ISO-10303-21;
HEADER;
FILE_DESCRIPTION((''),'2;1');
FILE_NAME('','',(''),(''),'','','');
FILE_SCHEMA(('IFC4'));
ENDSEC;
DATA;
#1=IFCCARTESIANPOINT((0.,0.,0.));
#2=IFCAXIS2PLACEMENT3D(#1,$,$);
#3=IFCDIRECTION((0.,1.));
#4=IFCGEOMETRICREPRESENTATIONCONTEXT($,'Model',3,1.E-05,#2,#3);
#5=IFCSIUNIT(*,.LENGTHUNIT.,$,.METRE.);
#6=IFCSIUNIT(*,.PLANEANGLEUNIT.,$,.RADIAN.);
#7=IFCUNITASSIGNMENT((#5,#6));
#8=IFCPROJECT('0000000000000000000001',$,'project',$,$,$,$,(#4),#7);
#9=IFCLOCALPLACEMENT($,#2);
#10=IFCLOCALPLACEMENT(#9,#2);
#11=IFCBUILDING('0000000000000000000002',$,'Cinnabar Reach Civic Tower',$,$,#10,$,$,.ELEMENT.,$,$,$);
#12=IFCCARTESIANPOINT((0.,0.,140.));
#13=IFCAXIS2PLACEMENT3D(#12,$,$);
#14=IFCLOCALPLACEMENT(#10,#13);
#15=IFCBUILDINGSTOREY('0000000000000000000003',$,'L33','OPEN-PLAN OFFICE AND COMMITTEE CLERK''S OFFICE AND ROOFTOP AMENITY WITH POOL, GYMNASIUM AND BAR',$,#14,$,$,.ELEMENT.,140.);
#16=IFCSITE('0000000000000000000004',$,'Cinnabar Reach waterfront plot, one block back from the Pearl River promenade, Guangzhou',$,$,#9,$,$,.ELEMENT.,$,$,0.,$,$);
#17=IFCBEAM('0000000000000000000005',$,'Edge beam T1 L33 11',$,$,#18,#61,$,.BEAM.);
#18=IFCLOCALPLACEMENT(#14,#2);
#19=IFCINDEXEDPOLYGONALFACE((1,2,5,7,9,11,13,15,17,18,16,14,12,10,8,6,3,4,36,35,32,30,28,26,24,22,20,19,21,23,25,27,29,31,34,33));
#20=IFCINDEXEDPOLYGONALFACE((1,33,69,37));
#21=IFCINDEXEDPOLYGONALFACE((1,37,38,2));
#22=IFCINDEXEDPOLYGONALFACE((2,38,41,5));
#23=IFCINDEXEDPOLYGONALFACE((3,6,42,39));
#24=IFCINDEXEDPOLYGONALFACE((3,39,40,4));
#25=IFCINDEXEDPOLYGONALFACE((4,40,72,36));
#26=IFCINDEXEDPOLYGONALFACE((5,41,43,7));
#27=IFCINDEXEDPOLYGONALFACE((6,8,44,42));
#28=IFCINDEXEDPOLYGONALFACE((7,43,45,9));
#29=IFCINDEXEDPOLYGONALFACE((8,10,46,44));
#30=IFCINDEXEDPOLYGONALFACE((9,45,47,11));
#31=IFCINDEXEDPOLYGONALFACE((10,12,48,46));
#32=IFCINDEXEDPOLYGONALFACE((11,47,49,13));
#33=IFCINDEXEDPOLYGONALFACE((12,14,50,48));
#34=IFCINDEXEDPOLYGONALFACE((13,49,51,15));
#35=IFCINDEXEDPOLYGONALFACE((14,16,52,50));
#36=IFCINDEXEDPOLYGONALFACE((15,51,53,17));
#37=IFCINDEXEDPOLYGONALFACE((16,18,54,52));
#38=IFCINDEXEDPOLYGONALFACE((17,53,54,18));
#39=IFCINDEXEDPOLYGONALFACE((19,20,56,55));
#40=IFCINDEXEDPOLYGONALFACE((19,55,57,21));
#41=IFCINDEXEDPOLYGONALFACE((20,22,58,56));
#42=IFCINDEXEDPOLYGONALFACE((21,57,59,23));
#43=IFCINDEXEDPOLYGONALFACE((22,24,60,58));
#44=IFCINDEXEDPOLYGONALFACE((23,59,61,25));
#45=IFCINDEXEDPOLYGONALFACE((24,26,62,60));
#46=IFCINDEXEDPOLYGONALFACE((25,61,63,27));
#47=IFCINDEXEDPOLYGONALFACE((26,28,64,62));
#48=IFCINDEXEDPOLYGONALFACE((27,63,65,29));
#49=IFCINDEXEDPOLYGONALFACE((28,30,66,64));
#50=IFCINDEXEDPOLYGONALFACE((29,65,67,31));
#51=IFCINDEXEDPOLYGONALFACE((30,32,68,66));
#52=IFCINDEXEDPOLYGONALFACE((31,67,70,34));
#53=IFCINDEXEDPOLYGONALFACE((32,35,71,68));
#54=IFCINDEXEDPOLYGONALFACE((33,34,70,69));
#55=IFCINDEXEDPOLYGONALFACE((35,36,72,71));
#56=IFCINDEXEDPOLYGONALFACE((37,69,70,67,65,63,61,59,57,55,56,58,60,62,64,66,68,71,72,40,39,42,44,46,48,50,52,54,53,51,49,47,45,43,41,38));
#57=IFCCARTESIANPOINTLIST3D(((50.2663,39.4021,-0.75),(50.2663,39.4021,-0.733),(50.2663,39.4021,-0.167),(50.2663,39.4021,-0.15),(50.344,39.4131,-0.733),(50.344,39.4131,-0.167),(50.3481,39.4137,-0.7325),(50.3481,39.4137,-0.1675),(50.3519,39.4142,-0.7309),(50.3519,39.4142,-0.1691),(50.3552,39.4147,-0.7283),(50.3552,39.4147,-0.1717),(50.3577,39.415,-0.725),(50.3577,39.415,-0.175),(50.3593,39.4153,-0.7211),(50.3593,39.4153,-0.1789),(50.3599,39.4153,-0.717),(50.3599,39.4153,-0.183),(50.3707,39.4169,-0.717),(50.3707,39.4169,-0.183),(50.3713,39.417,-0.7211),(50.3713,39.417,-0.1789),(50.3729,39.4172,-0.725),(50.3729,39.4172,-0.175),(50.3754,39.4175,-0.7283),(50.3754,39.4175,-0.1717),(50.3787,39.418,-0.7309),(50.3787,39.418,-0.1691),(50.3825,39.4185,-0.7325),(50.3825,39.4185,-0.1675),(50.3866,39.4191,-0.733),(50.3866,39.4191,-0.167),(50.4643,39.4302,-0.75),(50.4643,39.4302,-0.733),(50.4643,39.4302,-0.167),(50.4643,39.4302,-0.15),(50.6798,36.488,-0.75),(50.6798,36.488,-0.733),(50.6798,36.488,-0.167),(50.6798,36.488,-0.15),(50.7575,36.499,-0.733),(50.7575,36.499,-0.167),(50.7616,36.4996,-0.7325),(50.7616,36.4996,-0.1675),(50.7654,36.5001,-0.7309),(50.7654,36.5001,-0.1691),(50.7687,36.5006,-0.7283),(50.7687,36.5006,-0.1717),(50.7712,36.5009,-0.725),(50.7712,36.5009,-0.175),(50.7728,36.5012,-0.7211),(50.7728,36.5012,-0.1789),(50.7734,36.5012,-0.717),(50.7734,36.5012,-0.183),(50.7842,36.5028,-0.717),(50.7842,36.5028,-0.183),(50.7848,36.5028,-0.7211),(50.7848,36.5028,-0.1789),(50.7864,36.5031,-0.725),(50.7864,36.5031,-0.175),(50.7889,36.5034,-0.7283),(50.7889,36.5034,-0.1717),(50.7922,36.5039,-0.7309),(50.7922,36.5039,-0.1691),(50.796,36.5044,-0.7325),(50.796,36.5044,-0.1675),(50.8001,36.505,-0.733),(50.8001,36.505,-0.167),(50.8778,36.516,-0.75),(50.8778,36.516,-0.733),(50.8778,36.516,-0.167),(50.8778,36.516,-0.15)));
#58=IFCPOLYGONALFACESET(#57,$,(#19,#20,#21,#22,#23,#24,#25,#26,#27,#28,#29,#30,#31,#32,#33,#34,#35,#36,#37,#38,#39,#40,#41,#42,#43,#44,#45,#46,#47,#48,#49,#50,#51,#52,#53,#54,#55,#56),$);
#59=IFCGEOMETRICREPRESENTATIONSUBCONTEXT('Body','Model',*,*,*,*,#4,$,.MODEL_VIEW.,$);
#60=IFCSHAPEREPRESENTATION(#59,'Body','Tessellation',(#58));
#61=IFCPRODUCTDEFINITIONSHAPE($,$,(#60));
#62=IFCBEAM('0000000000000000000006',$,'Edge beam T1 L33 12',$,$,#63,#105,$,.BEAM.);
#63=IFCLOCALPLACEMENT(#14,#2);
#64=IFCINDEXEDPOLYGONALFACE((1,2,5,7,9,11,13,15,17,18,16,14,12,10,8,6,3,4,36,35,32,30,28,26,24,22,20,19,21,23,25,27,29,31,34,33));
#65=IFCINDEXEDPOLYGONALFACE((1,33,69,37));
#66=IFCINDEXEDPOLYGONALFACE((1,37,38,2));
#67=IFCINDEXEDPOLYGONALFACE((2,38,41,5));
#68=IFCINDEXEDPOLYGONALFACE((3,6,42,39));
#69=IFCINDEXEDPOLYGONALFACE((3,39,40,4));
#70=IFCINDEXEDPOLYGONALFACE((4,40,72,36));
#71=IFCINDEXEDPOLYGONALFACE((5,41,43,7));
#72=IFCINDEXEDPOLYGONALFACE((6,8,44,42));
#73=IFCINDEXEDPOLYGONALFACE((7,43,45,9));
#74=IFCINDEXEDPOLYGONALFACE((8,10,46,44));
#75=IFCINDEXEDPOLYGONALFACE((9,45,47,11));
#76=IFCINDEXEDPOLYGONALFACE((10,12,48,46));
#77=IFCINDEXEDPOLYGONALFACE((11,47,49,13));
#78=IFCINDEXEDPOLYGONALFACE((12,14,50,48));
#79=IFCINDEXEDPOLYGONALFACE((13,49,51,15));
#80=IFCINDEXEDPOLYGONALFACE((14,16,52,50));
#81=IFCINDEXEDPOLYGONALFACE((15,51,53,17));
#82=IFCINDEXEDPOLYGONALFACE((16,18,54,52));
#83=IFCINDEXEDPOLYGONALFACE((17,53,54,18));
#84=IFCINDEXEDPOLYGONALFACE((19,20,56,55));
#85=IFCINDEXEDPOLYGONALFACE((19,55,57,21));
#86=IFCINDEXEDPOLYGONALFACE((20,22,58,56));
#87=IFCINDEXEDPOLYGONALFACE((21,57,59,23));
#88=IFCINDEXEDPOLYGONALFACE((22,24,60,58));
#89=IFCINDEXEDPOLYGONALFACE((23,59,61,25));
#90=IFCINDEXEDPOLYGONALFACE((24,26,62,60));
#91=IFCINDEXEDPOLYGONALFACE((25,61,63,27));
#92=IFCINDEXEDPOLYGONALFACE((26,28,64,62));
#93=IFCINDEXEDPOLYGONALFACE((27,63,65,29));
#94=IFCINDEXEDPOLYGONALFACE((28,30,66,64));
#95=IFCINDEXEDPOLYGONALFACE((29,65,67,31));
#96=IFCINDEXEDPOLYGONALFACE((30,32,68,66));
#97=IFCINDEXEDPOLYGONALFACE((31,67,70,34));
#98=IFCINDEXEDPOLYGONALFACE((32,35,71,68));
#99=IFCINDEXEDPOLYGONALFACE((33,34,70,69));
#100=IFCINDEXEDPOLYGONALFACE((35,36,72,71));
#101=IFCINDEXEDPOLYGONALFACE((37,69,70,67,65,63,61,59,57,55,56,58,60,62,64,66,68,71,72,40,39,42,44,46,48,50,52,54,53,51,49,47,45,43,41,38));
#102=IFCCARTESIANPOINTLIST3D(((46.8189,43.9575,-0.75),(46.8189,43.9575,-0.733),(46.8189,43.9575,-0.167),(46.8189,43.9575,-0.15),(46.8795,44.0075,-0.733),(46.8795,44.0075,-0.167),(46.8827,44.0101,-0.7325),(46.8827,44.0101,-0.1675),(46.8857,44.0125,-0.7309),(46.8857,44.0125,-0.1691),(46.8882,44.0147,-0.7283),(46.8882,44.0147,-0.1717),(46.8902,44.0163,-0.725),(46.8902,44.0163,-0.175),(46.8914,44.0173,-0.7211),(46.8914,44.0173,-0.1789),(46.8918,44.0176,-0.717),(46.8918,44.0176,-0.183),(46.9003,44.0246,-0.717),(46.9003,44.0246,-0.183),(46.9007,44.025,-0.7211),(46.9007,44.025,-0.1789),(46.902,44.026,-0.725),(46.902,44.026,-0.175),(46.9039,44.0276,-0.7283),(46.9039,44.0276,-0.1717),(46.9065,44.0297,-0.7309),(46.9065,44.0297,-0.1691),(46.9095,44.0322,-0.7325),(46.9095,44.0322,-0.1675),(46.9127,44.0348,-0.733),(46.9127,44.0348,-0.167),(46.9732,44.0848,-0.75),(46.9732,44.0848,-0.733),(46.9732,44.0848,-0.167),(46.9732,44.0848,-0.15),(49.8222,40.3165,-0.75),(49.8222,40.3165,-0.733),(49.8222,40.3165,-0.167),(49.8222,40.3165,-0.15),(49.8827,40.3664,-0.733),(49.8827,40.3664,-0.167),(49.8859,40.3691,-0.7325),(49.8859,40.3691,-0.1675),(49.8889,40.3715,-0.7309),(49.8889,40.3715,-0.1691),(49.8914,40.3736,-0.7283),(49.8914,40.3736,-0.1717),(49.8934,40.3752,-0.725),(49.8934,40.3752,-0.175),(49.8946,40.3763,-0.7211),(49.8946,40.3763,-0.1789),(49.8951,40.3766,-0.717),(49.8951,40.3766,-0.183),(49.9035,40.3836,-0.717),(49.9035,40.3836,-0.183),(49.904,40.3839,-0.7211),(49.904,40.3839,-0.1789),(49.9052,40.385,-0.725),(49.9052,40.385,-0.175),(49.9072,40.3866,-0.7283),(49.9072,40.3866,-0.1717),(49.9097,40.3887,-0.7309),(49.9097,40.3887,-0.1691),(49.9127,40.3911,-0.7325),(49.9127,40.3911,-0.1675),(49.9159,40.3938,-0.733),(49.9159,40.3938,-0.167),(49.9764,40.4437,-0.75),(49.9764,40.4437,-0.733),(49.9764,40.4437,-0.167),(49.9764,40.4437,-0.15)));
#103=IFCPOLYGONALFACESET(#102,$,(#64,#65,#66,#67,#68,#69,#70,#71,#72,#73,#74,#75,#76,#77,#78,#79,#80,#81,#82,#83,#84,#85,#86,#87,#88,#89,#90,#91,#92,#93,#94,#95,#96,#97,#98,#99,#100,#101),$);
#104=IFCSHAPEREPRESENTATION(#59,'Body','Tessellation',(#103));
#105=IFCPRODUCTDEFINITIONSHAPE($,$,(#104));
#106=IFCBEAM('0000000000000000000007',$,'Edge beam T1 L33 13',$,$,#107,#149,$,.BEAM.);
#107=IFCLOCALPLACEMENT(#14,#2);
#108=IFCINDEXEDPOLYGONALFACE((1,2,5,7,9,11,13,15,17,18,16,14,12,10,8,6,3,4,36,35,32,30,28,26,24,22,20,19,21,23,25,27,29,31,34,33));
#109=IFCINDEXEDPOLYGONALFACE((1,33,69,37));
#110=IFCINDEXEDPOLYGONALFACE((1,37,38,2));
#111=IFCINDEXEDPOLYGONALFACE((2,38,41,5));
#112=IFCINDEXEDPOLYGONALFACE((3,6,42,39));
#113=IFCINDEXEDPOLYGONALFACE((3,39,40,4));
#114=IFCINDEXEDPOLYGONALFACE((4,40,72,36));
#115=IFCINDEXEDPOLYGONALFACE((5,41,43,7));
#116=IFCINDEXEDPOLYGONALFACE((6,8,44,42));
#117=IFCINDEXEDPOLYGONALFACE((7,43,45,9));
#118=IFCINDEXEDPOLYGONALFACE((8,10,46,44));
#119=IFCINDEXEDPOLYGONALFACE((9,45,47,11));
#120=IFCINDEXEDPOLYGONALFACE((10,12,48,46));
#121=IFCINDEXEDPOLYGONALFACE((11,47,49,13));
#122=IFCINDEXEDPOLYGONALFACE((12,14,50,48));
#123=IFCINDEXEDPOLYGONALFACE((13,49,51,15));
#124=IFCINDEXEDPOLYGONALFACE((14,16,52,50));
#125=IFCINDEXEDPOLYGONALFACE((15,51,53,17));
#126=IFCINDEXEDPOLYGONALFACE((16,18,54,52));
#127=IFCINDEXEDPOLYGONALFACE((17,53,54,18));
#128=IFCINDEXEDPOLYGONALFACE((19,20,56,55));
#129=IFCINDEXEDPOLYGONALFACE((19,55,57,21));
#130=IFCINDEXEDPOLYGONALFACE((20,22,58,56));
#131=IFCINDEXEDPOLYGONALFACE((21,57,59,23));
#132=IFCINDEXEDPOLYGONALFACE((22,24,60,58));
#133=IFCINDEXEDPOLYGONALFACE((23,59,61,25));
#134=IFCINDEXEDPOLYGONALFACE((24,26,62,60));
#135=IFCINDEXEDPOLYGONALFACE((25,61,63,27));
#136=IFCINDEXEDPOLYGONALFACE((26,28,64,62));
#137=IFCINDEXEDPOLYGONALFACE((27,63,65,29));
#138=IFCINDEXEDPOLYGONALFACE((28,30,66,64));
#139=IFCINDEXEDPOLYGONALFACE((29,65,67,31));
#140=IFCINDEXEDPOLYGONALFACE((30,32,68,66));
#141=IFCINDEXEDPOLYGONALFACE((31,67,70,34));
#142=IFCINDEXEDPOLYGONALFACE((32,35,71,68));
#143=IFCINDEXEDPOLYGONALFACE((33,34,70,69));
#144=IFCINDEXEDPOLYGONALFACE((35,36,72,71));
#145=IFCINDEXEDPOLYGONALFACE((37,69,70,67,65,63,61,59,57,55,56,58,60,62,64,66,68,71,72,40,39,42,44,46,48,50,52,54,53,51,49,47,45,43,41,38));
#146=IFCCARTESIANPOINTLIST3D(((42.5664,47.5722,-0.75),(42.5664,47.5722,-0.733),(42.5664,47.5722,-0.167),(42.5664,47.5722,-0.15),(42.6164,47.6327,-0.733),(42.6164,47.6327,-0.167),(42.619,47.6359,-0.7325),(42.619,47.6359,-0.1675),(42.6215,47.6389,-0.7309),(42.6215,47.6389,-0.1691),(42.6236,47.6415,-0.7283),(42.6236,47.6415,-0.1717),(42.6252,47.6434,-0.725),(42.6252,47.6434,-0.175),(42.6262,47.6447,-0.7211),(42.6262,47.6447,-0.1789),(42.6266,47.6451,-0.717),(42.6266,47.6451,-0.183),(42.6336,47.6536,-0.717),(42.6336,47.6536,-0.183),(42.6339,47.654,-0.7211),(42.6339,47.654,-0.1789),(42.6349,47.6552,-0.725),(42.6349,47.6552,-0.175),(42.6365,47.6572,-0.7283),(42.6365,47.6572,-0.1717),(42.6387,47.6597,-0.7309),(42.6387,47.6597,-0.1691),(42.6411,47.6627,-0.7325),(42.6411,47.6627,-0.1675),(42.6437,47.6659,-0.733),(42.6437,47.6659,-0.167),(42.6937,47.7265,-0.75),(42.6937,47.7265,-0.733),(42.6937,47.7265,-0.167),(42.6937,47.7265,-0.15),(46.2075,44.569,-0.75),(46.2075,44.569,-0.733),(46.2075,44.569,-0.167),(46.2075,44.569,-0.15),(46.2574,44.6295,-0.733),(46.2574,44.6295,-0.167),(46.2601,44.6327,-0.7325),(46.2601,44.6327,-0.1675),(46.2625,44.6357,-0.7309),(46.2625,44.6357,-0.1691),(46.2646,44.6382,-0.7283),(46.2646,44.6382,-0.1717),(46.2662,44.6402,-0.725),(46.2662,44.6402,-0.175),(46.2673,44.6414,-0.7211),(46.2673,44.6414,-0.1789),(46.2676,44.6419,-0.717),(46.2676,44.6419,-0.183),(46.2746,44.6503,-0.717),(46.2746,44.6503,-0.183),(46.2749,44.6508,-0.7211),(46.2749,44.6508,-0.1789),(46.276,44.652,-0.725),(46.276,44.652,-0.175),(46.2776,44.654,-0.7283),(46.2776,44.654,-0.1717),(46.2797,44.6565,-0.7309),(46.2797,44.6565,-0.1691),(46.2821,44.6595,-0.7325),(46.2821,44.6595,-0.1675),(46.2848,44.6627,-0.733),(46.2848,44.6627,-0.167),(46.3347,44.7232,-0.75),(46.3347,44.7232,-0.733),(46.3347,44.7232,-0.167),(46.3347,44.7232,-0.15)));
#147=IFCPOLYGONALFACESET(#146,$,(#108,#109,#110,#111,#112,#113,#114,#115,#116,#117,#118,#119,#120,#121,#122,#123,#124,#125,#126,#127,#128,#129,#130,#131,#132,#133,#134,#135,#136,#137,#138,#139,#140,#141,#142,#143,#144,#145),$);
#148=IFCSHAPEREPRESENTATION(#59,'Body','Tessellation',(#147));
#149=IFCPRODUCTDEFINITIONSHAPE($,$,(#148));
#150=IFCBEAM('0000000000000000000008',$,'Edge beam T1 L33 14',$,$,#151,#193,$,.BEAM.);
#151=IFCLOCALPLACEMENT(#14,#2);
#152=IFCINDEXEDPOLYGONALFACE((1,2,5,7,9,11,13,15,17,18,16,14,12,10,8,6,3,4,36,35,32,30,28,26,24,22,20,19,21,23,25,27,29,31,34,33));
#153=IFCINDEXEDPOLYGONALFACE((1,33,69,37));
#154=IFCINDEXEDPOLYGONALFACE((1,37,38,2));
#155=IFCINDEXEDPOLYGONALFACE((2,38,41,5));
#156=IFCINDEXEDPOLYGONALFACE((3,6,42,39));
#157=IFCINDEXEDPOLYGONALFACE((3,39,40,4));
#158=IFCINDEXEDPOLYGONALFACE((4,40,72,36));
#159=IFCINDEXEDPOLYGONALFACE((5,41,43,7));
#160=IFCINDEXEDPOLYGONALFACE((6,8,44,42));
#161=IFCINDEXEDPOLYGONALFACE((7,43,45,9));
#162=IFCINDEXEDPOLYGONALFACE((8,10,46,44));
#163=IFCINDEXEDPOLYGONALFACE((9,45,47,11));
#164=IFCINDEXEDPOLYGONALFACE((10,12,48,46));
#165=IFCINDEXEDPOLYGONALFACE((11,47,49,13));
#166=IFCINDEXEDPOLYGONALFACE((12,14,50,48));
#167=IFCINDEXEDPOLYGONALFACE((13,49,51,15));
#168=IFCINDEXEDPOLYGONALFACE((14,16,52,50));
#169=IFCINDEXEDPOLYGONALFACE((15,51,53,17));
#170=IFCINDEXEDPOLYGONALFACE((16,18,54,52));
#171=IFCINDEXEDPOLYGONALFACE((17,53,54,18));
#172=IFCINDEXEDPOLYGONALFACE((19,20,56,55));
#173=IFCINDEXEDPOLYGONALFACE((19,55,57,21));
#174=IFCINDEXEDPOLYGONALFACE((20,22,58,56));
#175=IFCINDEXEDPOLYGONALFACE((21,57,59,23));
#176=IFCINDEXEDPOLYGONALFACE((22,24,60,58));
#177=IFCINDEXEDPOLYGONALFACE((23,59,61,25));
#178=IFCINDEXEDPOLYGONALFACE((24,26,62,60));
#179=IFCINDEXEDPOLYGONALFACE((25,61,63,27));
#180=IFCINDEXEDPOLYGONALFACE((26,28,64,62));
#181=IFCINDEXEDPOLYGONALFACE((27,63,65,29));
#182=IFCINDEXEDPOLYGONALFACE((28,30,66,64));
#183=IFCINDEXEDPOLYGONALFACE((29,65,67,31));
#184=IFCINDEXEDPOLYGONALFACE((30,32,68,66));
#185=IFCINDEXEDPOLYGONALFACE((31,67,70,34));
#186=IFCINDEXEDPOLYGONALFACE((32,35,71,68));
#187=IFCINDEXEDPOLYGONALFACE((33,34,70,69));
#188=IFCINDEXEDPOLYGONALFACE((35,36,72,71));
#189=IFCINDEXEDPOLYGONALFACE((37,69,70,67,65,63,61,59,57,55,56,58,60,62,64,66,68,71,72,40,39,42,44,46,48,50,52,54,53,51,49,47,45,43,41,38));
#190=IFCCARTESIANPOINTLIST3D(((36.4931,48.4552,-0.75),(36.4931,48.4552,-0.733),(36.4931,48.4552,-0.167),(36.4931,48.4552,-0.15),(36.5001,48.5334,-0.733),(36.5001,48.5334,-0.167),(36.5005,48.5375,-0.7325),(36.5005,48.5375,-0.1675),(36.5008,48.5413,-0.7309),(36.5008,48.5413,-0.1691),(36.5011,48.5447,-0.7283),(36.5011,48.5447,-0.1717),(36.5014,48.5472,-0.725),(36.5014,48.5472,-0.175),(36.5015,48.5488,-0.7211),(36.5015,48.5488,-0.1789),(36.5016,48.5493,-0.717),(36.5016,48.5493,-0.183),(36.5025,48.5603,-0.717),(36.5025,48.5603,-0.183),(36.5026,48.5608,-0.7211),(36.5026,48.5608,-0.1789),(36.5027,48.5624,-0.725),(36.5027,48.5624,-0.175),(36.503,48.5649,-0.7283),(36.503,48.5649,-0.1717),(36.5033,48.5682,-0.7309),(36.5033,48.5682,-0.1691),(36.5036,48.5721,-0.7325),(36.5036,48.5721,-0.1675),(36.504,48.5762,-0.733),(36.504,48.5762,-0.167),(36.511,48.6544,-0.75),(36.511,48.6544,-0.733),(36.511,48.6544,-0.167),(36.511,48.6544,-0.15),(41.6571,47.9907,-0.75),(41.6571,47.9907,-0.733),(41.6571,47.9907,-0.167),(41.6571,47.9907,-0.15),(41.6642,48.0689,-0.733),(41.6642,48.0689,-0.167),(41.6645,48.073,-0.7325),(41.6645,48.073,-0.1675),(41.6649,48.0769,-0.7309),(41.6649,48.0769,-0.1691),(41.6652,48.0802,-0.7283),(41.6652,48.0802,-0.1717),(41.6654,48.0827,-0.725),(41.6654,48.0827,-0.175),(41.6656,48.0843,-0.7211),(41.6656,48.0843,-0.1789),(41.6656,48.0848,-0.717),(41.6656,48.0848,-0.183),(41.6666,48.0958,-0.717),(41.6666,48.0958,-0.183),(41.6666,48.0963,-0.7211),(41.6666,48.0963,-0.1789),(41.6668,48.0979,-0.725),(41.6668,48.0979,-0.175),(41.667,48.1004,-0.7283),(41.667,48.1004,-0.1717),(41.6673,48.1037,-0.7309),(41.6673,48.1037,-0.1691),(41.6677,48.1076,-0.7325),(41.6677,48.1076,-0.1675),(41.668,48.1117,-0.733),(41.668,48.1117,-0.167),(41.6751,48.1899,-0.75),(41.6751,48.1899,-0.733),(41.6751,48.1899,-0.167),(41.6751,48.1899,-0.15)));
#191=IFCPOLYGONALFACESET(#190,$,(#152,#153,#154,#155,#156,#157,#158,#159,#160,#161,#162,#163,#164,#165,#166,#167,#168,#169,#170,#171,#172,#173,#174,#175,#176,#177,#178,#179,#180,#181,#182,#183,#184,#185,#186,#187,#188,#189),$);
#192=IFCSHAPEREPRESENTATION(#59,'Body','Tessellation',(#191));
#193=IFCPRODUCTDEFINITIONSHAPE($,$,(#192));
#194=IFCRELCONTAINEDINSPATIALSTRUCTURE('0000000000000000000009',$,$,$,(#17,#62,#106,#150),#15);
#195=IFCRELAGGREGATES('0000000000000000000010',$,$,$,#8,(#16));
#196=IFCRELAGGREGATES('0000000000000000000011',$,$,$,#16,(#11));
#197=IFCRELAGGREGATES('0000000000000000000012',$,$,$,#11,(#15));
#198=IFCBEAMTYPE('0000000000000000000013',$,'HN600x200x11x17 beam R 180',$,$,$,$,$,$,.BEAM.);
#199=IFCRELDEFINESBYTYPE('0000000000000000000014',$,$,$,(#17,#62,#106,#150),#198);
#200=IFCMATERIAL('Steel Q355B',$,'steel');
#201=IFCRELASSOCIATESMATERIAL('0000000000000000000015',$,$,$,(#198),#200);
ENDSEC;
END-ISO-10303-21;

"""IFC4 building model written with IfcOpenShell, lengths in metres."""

from ifc_helpers import new_model, si_unit, direction, frame, origin, origin_2d, place, context, subcontext, project, spatial, i_section, extrude, material, material_profile, profile_set, type_object, element, save


model = new_model("IFC4")

# Units and contexts
model_context = context("Model", 3, precision=1e-05, world=origin(), true_north=direction((0.0, 1.0)))
body_context = subcontext(model_context, "Body", "Model", "MODEL_VIEW")
ifc_project = project(units=[si_unit("LENGTHUNIT", "METRE"), si_unit("PLANEANGLEUNIT", "RADIAN")], contexts=[model_context])

# Site, building, storey
site_placement = place(None, origin())
site = spatial("IfcSite", under=ifc_project, at=site_placement, Name="Cinnabar Reach waterfront plot, one block back from the Pearl River promenade, Guangzhou", CompositionType="ELEMENT", RefElevation=0.0)
building_placement = place(site_placement, origin())
building = spatial("IfcBuilding", under=site, at=building_placement, Name="Cinnabar Reach Civic Tower", CompositionType="ELEMENT")
storey_placement = place(building_placement, frame((0.0, 0.0, 140.0)))
storey = spatial("IfcBuildingStorey", under=building, at=storey_placement, Name="L33", Description="OPEN-PLAN OFFICE AND COMMITTEE CLERK'S OFFICE AND ROOFTOP AMENITY WITH POOL, GYMNASIUM AND BAR", CompositionType="ELEMENT", Elevation=140.0)

# Beams
ifc_material_1 = material(Name="Steel Q355B", Category="steel")
ifc_material_profile_1 = material_profile(ifc_material_1, i_section(OverallWidth=0.2, OverallDepth=0.6, WebThickness=0.011, FlangeThickness=0.017, FilletRadius=0.016, at=origin_2d()), Name="HN600x200x11x17")
ifc_profile_set_1 = profile_set([ifc_material_profile_1], Name="Steel Q355B")
beam_type_1 = type_object("IfcBeamType", Name="HN600x200x11x17 beam R 180", PredefinedType="BEAM", material=ifc_profile_set_1)
beam_1_placement = place(storey_placement, frame((50.7788, 36.502, -0.45), z_axis=(-0.140489, 0.990082, 0.0), x_axis=(-0.990082, -0.140489, 0.0)))
element("IfcBeam", 1, at=beam_1_placement, inside=storey, type_object=beam_type_1, Name="Edge beam T1 L33 11", PredefinedType="BEAM", context=body_context, shape_type="SweptSolid", body=[
    extrude(i_section(OverallWidth=0.2, OverallDepth=0.6, WebThickness=0.011, FlangeThickness=0.017, FilletRadius=0.016, at=origin_2d()), origin(), (0.0, 0.0, 1.0), 2.9433),
])
for number, where, z_axis, x_axis, name in (
    (2, (49.8993, 40.3801, -0.45), (-0.636304, 0.771438, 0.0), (-0.771438, -0.636304, 0.0), "Edge beam T1 L33 12"),
    (3, (46.2711, 44.6461, -0.45), (-0.771438, 0.636304, 0.0), (-0.636304, -0.771438, 0.0), "Edge beam T1 L33 13"),
):
    element("IfcBeam", number, at=place(storey_placement, frame(where, z_axis=z_axis, x_axis=x_axis)), inside=storey, type_object=beam_type_1, Name=name, PredefinedType="BEAM", context=body_context, shape_type="SweptSolid", body=[
        extrude(i_section(OverallWidth=0.2, OverallDepth=0.6, WebThickness=0.011, FlangeThickness=0.017, FilletRadius=0.016, at=origin_2d()), origin(), (0.0, 0.0, 1.0), 4.7198),
    ])
beam_2_placement = place(storey_placement, frame((41.6661, 48.0903, -0.45), z_axis=(-0.995979, 0.089586, 0.0), x_axis=(-0.089586, -0.995979, 0.0)))
element("IfcBeam", 4, at=beam_2_placement, inside=storey, type_object=beam_type_1, Name="Edge beam T1 L33 14", PredefinedType="BEAM", context=body_context, shape_type="SweptSolid", body=[
    extrude(i_section(OverallWidth=0.2, OverallDepth=0.6, WebThickness=0.011, FlangeThickness=0.017, FilletRadius=0.016, at=origin_2d()), origin(), (0.0, 0.0, 1.0), 5.1849),
])

save(model, "model.ifc")
